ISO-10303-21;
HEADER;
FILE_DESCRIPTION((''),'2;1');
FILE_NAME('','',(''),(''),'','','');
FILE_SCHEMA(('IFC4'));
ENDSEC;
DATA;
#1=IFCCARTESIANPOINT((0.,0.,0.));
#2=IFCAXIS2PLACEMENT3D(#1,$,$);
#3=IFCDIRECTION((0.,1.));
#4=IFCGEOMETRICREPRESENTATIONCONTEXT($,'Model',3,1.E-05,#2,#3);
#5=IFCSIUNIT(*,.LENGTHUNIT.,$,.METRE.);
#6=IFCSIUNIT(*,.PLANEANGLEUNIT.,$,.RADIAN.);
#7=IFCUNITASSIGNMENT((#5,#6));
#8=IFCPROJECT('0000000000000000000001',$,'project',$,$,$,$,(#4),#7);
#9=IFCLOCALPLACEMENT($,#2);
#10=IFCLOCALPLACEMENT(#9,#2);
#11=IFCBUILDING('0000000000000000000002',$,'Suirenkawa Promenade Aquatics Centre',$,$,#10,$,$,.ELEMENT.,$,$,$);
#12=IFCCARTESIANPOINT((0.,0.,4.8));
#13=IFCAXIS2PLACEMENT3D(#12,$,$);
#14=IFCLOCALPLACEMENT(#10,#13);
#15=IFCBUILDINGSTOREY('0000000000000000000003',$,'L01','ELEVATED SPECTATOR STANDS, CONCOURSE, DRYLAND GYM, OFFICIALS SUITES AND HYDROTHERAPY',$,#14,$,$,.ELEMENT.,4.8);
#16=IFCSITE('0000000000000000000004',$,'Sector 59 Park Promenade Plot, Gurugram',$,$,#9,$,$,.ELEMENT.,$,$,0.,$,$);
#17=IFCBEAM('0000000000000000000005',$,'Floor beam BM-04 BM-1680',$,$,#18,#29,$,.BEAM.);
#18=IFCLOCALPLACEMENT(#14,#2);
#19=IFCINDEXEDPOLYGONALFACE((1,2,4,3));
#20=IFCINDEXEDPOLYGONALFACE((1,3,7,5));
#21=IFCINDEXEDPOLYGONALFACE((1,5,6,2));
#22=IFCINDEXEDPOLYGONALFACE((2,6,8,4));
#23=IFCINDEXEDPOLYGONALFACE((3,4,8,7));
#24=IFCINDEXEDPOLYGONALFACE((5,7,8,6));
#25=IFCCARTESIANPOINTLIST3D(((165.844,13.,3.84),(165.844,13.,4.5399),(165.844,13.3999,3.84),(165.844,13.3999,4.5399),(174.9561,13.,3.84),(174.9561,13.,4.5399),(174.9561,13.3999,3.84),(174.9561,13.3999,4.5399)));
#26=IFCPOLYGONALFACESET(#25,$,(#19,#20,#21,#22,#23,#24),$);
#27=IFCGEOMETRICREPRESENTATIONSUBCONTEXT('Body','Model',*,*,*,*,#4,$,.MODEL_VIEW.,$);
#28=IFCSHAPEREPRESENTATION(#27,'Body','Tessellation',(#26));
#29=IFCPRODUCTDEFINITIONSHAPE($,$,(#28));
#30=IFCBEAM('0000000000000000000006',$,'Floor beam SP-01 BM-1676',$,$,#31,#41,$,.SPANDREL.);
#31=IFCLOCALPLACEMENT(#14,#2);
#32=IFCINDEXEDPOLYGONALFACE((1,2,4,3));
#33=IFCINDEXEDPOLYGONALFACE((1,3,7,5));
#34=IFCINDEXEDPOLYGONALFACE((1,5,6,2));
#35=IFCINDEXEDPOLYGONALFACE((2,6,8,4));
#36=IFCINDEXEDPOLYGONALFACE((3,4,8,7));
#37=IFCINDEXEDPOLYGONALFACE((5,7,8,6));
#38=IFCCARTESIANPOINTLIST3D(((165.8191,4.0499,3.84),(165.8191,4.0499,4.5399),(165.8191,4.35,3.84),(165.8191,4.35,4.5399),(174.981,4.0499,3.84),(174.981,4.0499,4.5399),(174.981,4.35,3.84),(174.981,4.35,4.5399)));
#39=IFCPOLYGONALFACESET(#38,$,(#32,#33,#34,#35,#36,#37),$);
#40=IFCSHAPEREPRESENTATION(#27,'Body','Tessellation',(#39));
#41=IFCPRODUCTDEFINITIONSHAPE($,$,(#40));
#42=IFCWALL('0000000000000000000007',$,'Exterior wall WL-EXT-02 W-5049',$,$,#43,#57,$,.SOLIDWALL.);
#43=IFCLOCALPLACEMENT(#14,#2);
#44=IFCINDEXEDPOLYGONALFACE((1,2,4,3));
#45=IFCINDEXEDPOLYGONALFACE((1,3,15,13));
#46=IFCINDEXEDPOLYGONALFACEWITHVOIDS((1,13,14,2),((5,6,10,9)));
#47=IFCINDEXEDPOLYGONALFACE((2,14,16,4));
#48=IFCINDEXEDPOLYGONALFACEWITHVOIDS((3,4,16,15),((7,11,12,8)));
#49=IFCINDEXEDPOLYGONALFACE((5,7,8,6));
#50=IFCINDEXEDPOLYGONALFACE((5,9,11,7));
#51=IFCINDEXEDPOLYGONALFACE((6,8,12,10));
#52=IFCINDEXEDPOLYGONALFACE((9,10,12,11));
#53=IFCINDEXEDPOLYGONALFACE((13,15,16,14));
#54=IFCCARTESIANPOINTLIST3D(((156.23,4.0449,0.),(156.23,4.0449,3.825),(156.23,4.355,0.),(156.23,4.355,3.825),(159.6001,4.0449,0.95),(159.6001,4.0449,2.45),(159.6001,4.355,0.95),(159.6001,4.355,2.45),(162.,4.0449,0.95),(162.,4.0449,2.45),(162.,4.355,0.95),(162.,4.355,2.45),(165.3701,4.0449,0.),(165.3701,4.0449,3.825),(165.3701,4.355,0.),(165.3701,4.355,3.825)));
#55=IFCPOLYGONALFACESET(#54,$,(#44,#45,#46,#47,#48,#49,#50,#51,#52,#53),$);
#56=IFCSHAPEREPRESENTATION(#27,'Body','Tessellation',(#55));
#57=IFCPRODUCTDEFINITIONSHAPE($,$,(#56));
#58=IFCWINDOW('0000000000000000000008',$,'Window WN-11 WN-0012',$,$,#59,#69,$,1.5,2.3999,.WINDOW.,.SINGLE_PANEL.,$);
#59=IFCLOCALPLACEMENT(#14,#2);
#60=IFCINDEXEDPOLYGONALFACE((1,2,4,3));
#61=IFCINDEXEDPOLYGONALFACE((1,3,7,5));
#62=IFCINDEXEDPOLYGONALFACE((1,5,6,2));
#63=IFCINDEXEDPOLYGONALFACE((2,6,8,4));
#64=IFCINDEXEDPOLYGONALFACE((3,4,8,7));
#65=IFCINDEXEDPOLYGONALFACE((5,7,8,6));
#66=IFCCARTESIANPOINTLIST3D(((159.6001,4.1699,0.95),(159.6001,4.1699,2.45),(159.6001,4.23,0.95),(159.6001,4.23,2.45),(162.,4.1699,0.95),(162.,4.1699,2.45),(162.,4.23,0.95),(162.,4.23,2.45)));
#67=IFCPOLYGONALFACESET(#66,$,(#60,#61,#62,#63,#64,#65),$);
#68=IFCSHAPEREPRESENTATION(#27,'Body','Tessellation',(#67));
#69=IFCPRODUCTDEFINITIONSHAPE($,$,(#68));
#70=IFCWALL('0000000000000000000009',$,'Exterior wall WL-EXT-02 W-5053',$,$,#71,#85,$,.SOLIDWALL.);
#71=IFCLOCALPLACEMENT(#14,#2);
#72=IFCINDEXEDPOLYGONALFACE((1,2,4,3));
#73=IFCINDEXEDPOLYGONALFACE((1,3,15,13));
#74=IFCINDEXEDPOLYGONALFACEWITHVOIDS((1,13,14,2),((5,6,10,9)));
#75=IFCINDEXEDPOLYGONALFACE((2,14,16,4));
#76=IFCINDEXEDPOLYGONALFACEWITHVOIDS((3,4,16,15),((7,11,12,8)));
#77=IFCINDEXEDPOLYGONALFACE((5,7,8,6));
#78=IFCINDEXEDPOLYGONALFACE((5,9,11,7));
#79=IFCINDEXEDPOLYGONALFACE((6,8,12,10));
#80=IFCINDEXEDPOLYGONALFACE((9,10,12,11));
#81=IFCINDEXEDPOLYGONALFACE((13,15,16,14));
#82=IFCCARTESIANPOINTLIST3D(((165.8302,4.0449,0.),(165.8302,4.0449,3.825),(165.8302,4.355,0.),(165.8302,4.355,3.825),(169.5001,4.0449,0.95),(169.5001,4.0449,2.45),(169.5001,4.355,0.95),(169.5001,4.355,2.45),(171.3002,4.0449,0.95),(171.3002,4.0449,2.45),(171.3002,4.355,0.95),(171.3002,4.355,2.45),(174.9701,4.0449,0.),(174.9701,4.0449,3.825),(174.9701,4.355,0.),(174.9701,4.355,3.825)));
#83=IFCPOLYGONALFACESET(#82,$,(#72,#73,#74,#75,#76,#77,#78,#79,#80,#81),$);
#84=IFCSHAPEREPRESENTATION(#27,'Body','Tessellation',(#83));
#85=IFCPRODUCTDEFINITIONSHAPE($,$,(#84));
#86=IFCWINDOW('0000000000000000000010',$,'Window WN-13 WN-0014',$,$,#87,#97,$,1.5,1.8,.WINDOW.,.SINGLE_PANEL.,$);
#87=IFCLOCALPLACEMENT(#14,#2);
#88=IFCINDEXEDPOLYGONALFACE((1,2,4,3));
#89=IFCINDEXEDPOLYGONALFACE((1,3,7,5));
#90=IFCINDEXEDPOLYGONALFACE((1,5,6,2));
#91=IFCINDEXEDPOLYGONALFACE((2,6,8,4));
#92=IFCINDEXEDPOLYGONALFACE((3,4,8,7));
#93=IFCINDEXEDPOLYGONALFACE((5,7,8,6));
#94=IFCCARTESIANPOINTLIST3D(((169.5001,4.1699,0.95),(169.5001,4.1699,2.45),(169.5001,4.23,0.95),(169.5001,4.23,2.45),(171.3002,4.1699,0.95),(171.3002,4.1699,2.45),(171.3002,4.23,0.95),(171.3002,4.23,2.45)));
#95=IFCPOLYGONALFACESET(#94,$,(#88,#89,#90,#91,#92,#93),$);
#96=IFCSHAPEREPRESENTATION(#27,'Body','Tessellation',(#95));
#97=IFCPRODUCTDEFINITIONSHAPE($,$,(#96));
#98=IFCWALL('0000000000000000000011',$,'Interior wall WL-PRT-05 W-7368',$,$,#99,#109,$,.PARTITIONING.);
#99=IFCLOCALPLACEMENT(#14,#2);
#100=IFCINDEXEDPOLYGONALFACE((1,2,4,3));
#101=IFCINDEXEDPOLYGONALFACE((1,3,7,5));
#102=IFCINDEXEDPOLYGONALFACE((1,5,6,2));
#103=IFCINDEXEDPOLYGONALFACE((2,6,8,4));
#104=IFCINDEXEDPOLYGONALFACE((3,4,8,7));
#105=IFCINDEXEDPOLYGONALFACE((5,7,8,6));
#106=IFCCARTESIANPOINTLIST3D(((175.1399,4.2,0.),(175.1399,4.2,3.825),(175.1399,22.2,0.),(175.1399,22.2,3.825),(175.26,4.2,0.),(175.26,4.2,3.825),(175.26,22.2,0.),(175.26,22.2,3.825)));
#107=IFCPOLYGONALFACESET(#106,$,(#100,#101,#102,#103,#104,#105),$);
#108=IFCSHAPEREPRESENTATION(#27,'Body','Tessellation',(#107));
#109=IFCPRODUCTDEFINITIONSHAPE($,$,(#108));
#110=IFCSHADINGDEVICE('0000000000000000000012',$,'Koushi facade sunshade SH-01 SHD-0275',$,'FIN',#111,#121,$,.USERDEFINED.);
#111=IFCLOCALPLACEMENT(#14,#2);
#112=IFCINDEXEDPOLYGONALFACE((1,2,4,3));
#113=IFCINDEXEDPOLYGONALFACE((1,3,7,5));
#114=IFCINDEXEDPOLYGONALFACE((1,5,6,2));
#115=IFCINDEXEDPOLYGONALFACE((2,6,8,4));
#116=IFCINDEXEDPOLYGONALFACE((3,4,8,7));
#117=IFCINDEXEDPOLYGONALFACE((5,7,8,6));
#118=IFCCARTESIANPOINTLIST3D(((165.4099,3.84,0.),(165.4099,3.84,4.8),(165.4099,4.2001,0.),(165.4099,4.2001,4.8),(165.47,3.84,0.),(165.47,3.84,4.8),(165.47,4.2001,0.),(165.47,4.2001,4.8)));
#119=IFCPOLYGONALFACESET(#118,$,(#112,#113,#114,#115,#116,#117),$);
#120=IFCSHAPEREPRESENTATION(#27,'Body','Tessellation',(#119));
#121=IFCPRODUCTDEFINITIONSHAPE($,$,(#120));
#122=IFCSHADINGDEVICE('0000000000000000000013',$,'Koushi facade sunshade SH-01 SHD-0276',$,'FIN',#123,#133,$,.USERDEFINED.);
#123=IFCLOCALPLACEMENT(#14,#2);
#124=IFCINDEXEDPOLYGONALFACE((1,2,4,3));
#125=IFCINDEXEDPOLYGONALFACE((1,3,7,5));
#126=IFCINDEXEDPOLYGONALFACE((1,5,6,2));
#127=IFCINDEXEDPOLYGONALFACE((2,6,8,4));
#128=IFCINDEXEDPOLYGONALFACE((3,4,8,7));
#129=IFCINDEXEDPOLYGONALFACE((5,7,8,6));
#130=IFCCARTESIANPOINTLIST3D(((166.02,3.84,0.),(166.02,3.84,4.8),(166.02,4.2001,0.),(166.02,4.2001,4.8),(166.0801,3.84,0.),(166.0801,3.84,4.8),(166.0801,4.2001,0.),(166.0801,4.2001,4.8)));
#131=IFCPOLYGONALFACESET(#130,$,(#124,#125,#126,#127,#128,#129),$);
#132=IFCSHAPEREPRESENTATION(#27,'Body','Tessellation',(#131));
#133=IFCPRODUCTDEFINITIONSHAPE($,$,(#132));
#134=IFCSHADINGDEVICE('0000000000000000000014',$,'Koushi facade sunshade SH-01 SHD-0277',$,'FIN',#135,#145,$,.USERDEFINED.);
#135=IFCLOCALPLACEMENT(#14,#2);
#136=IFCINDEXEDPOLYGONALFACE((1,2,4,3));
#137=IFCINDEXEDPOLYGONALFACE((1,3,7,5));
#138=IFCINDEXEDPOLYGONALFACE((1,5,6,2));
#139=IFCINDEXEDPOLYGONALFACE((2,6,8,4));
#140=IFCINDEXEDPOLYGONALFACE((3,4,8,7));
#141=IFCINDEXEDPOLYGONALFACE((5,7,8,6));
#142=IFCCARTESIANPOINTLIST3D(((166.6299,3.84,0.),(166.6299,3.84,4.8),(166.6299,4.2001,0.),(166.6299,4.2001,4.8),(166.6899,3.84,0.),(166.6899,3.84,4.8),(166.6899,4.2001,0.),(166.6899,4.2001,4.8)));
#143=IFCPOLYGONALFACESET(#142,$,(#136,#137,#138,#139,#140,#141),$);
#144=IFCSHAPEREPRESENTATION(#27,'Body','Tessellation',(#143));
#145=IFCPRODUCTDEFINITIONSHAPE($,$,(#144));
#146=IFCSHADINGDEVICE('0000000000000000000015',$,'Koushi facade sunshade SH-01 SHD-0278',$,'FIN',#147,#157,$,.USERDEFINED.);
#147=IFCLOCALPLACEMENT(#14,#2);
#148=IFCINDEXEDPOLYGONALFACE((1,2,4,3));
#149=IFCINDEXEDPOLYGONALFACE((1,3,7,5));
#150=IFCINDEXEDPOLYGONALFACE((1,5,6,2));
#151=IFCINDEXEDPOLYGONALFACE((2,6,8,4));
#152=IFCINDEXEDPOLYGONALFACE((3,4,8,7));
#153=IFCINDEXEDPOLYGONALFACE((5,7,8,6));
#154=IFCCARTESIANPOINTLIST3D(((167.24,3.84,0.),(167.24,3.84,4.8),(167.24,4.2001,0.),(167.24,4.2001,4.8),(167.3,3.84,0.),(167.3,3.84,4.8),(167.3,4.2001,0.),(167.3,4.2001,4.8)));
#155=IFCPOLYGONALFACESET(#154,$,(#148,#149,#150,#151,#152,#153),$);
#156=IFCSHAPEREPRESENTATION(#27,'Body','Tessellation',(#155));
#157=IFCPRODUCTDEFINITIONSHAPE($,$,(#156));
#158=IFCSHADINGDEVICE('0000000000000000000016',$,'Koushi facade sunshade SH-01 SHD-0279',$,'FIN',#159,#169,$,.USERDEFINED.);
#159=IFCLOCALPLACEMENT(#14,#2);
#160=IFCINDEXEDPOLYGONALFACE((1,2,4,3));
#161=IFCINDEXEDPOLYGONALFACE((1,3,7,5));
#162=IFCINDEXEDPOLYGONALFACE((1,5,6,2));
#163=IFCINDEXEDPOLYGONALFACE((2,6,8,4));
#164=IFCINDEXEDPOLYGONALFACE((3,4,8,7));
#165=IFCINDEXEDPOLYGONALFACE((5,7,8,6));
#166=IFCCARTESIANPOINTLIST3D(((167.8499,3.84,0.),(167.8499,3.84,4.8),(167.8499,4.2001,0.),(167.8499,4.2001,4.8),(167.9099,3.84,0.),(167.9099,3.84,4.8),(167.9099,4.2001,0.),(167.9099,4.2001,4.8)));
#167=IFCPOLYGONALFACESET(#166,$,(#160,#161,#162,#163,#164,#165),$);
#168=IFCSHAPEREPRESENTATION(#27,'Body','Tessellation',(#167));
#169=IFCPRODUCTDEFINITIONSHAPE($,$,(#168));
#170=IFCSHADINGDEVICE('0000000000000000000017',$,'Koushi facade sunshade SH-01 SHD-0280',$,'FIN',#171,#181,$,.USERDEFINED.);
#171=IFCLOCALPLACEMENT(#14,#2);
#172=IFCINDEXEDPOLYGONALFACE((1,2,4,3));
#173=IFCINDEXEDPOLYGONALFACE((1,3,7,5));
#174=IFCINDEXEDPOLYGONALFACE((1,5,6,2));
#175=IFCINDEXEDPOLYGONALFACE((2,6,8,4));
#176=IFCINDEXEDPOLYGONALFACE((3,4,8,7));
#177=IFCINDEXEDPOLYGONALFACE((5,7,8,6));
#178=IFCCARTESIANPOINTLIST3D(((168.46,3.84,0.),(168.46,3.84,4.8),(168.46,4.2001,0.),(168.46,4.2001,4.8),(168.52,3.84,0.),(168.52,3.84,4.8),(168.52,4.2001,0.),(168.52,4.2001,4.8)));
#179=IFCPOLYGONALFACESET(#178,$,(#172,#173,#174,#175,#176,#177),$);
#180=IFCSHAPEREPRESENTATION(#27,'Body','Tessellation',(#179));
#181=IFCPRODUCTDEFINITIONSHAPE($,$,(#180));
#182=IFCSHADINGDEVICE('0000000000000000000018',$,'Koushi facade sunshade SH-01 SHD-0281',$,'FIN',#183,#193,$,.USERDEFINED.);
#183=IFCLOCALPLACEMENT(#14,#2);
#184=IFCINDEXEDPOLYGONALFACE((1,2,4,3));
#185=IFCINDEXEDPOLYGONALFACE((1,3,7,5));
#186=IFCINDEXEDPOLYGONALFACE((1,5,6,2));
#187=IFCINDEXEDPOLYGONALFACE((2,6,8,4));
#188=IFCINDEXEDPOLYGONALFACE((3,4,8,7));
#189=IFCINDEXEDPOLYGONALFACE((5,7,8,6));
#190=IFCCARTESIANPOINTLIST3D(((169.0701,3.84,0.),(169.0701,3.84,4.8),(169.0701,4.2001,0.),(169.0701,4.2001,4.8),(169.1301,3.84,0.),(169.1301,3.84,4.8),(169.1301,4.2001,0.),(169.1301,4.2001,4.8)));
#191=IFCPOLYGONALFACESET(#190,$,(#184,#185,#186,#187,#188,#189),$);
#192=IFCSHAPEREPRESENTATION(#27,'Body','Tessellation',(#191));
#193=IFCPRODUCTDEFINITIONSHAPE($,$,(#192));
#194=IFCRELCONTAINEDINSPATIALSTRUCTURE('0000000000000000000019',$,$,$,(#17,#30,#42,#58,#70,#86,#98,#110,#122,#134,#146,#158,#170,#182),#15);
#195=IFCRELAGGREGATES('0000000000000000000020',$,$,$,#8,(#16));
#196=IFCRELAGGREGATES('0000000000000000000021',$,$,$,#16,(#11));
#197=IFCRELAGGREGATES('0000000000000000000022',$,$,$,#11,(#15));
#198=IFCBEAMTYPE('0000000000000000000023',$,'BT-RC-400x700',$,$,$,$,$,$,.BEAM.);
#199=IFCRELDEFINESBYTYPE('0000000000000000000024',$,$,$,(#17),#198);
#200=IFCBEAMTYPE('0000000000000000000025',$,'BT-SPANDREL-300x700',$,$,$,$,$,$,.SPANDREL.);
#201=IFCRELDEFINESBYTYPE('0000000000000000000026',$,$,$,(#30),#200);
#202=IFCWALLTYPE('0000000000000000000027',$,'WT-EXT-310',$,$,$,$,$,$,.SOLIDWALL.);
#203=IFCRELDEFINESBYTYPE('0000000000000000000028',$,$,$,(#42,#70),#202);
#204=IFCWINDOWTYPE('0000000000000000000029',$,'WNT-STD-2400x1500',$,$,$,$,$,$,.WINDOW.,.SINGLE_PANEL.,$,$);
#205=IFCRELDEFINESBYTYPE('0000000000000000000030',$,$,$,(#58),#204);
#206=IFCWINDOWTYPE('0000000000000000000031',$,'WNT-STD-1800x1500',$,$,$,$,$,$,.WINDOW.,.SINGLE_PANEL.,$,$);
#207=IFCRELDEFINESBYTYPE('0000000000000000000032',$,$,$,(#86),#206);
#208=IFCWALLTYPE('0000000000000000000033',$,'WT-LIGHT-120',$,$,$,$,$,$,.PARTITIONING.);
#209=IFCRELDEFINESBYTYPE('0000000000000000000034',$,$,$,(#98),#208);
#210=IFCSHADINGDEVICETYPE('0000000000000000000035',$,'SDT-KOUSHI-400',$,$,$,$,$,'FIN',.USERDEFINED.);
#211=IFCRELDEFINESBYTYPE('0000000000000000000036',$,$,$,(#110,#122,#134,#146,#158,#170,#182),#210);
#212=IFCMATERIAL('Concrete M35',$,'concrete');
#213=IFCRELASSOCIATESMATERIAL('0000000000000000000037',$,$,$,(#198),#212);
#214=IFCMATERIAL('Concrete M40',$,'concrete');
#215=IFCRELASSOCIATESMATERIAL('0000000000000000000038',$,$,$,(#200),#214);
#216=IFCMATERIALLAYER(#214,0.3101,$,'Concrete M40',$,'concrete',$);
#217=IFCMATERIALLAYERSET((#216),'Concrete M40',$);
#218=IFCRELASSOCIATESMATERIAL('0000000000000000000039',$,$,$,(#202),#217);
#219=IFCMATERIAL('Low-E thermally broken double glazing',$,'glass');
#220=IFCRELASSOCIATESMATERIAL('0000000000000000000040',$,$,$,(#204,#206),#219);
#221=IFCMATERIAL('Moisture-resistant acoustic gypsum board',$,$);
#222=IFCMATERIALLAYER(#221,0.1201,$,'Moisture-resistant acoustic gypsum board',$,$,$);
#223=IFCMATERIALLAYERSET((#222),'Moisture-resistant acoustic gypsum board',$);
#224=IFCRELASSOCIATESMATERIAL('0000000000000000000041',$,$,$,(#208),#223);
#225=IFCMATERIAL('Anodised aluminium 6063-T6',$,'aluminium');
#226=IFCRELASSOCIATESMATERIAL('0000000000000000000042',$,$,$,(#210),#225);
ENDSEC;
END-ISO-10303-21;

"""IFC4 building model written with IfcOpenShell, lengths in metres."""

from ifc_helpers import new_model, si_unit, direction, frame, frame_2d, origin, origin_2d, place, context, subcontext, project, spatial, rectangle, extrude, material, layer, layer_set, material_profile, profile_set, type_object, element, fill, save


model = new_model("IFC4")

# Units and contexts
model_context = context("Model", 3, precision=1e-05, world=origin(), true_north=direction((0.0, 1.0)))
body_context = subcontext(model_context, "Body", "Model", "MODEL_VIEW")
ifc_project = project(units=[si_unit("LENGTHUNIT", "METRE"), si_unit("PLANEANGLEUNIT", "RADIAN")], contexts=[model_context])

# Site, building, storey
site_placement = place(None, origin())
site = spatial("IfcSite", under=ifc_project, at=site_placement, Name="Sector 59 Park Promenade Plot, Gurugram", CompositionType="ELEMENT", RefElevation=0.0)
building_placement = place(site_placement, origin())
building = spatial("IfcBuilding", under=site, at=building_placement, Name="Suirenkawa Promenade Aquatics Centre", CompositionType="ELEMENT")
storey_placement = place(building_placement, frame((0.0, 0.0, 4.8)))
storey = spatial("IfcBuildingStorey", under=building, at=storey_placement, Name="L01", Description="ELEVATED SPECTATOR STANDS, CONCOURSE, DRYLAND GYM, OFFICIALS SUITES AND HYDROTHERAPY", CompositionType="ELEMENT", Elevation=4.8)

# Shared definitions
ifc_material_1 = material(Name="Concrete M40", Category="concrete")

# Beams
ifc_material_2 = material(Name="Concrete M35", Category="concrete")
ifc_material_profile_1 = material_profile(ifc_material_2, rectangle(XDim=0.3999, YDim=0.7, at=origin_2d()), Name="RC BM 400x700", Category="concrete")
ifc_profile_set_1 = profile_set([ifc_material_profile_1], Name="Concrete M35")
beam_type_1 = type_object("IfcBeamType", Name="BT-RC-400x700", PredefinedType="BEAM", material=ifc_profile_set_1)
beam_1_placement = place(storey_placement, frame((165.844, 13.2, 4.1899), z_axis=(1.0, 0.0, 0.0), x_axis=(0.0, 1.0, 0.0)))
element("IfcBeam", 1, at=beam_1_placement, inside=storey, type_object=beam_type_1, Name="Floor beam BM-04 BM-1680", PredefinedType="BEAM", context=body_context, shape_type="SweptSolid", body=[
    extrude(rectangle(XDim=0.3999, YDim=0.7, at=origin_2d()), origin(), (0.0, 0.0, 1.0), 9.1121),
])
ifc_material_profile_2 = material_profile(ifc_material_1, rectangle(XDim=0.3, YDim=0.7, at=origin_2d()), Name="RC SPANDREL 300x700", Category="concrete")
ifc_profile_set_2 = profile_set([ifc_material_profile_2], Name="Concrete M40")
beam_type_2 = type_object("IfcBeamType", Name="BT-SPANDREL-300x700", PredefinedType="SPANDREL", material=ifc_profile_set_2)
beam_2_placement = place(storey_placement, frame((165.8191, 4.2, 4.1899), z_axis=(1.0, 0.0, 0.0), x_axis=(0.0, 1.0, 0.0)))
element("IfcBeam", 2, at=beam_2_placement, inside=storey, type_object=beam_type_2, Name="Floor beam SP-01 BM-1676", PredefinedType="SPANDREL", context=body_context, shape_type="SweptSolid", body=[
    extrude(rectangle(XDim=0.3, YDim=0.7, at=origin_2d()), origin(), (0.0, 0.0, 1.0), 9.1619),
])

# Walls, openings, windows
ifc_layer_1 = layer(ifc_material_1, 0.3101, Name="Concrete M40", Category="concrete")
ifc_layer_set_1 = layer_set([ifc_layer_1], Name="Concrete M40")
wall_type_1 = type_object("IfcWallType", Name="WT-EXT-310", PredefinedType="SOLIDWALL", material=ifc_layer_set_1)
wall_1_placement = place(storey_placement, frame((165.3701, 4.2, 0.0), z_axis=(0.0, 0.0, 1.0), x_axis=(-1.0, 0.0, 0.0)))
wall_1 = element("IfcWall", 3, at=wall_1_placement, inside=storey, type_object=wall_type_1, Name="Exterior wall WL-EXT-02 W-5049", PredefinedType="SOLIDWALL", context=body_context, shape_type="SweptSolid", body=[
    extrude(rectangle(XDim=9.1401, YDim=0.3101, at=frame_2d((4.5701, 0.0))), origin(), (0.0, 0.0, 1.0), 3.825),
])
opening_1_placement = place(wall_1_placement, frame((3.3701, 0.0, 0.95)))
opening_1 = element("IfcOpeningElement", 4, at=opening_1_placement, cuts=wall_1, PredefinedType="OPENING", context=body_context, shape_type="SweptSolid", body=[
    extrude(rectangle(XDim=2.3999, YDim=1.5, at=frame_2d((1.2, 0.75))), frame((0.0, 0.165, 0.0), z_axis=(0.0, -1.0, 0.0), x_axis=(1.0, 0.0, 0.0)), (0.0, 0.0, 1.0), 0.3301),
])
ifc_material_3 = material(Name="Low-E thermally broken double glazing", Category="glass")
window_type_1 = type_object("IfcWindowType", Name="WNT-STD-2400x1500", PartitioningType="SINGLE_PANEL", PredefinedType="WINDOW", material=ifc_material_3)
window_1_placement = place(opening_1_placement, origin())
window_1 = element("IfcWindow", 5, at=window_1_placement, inside=storey, type_object=window_type_1, Name="Window WN-11 WN-0012", OverallHeight=1.5, OverallWidth=2.3999, PartitioningType="SINGLE_PANEL", PredefinedType="WINDOW", context=body_context, shape_type="SweptSolid", body=[
    extrude(rectangle(XDim=2.3999, YDim=1.5, at=frame_2d((1.2, 0.75))), frame((0.0, 0.03, 0.0), z_axis=(0.0, -1.0, 0.0), x_axis=(1.0, 0.0, 0.0)), (0.0, 0.0, 1.0), 0.0601),
])
fill(opening_1, window_1)
wall_2_placement = place(storey_placement, frame((174.97, 4.2, 0.0), z_axis=(0.0, 0.0, 1.0), x_axis=(-1.0, 0.0, 0.0)))
wall_2 = element("IfcWall", 6, at=wall_2_placement, inside=storey, type_object=wall_type_1, Name="Exterior wall WL-EXT-02 W-5053", PredefinedType="SOLIDWALL", context=body_context, shape_type="SweptSolid", body=[
    extrude(rectangle(XDim=9.1399, YDim=0.3101, at=frame_2d((4.5698, 0.0))), origin(), (0.0, 0.0, 1.0), 3.825),
])
opening_2_placement = place(wall_2_placement, frame((3.6699, 0.0, 0.95)))
opening_2 = element("IfcOpeningElement", 7, at=opening_2_placement, cuts=wall_2, PredefinedType="OPENING", context=body_context, shape_type="SweptSolid", body=[
    extrude(rectangle(XDim=1.8, YDim=1.5, at=frame_2d((0.8999, 0.75))), frame((0.0, 0.165, 0.0), z_axis=(0.0, -1.0, 0.0), x_axis=(1.0, 0.0, 0.0)), (0.0, 0.0, 1.0), 0.3301),
])
window_type_2 = type_object("IfcWindowType", Name="WNT-STD-1800x1500", PartitioningType="SINGLE_PANEL", PredefinedType="WINDOW", material=ifc_material_3)
window_2_placement = place(opening_2_placement, origin())
window_2 = element("IfcWindow", 8, at=window_2_placement, inside=storey, type_object=window_type_2, Name="Window WN-13 WN-0014", OverallHeight=1.5, OverallWidth=1.8, PartitioningType="SINGLE_PANEL", PredefinedType="WINDOW", context=body_context, shape_type="SweptSolid", body=[
    extrude(rectangle(XDim=1.8, YDim=1.5, at=frame_2d((0.8999, 0.75))), frame((0.0, 0.03, 0.0), z_axis=(0.0, -1.0, 0.0), x_axis=(1.0, 0.0, 0.0)), (0.0, 0.0, 1.0), 0.0601),
])
fill(opening_2, window_2)

# Wall
ifc_material_4 = material(Name="Moisture-resistant acoustic gypsum board")
ifc_layer_2 = layer(ifc_material_4, 0.1201, Name="Moisture-resistant acoustic gypsum board")
ifc_layer_set_2 = layer_set([ifc_layer_2], Name="Moisture-resistant acoustic gypsum board")
wall_type_2 = type_object("IfcWallType", Name="WT-LIGHT-120", PredefinedType="PARTITIONING", material=ifc_layer_set_2)
wall_3_placement = place(storey_placement, frame((175.2, 4.2, 0.0), z_axis=(0.0, 0.0, 1.0), x_axis=(0.0, 1.0, 0.0)))
element("IfcWall", 9, at=wall_3_placement, inside=storey, type_object=wall_type_2, Name="Interior wall WL-PRT-05 W-7368", PredefinedType="PARTITIONING", context=body_context, shape_type="SweptSolid", body=[
    extrude(rectangle(XDim=18.0, YDim=0.1201, at=frame_2d((9.0, 0.0))), origin(), (0.0, 0.0, 1.0), 3.825),
])

# Shading devices
ifc_material_5 = material(Name="Anodised aluminium 6063-T6", Category="aluminium")
shading_device_type = type_object("IfcShadingDeviceType", Name="SDT-KOUSHI-400", ElementType="FIN", PredefinedType="USERDEFINED", material=ifc_material_5)
for number, where, z_axis, x_axis, name in (
    (10, (165.4399, 4.02, 0.0), (0.0, 0.0, 1.0), (1.0, 0.0, 0.0), "Koushi facade sunshade SH-01 SHD-0275"),
    (11, (166.05, 4.02, 0.0), (0.0, 0.0, 1.0), (1.0, 0.0, 0.0), "Koushi facade sunshade SH-01 SHD-0276"),
    (12, (166.6599, 4.02, 0.0), (0.0, 0.0, 1.0), (1.0, 0.0, 0.0), "Koushi facade sunshade SH-01 SHD-0277"),
    (13, (167.27, 4.02, 0.0), (0.0, 0.0, 1.0), (1.0, 0.0, 0.0), "Koushi facade sunshade SH-01 SHD-0278"),
    (14, (167.8799, 4.02, 0.0), (0.0, 0.0, 1.0), (1.0, 0.0, 0.0), "Koushi facade sunshade SH-01 SHD-0279"),
    (15, (168.49, 4.02, 0.0), (0.0, 0.0, 1.0), (1.0, 0.0, 0.0), "Koushi facade sunshade SH-01 SHD-0280"),
    (16, (169.1001, 4.02, 0.0), (0.0, 0.0, 1.0), (1.0, 0.0, 0.0), "Koushi facade sunshade SH-01 SHD-0281"),
):
    element("IfcShadingDevice", number, at=place(storey_placement, frame(where, z_axis=z_axis, x_axis=x_axis)), inside=storey, type_object=shading_device_type, Name=name, ObjectType="FIN", PredefinedType="USERDEFINED", context=body_context, shape_type="SweptSolid", body=[
        extrude(rectangle(XDim=0.0601, YDim=0.3601, at=origin_2d()), origin(), (0.0, 0.0, 1.0), 4.8),
    ])

save(model, "model.ifc")
